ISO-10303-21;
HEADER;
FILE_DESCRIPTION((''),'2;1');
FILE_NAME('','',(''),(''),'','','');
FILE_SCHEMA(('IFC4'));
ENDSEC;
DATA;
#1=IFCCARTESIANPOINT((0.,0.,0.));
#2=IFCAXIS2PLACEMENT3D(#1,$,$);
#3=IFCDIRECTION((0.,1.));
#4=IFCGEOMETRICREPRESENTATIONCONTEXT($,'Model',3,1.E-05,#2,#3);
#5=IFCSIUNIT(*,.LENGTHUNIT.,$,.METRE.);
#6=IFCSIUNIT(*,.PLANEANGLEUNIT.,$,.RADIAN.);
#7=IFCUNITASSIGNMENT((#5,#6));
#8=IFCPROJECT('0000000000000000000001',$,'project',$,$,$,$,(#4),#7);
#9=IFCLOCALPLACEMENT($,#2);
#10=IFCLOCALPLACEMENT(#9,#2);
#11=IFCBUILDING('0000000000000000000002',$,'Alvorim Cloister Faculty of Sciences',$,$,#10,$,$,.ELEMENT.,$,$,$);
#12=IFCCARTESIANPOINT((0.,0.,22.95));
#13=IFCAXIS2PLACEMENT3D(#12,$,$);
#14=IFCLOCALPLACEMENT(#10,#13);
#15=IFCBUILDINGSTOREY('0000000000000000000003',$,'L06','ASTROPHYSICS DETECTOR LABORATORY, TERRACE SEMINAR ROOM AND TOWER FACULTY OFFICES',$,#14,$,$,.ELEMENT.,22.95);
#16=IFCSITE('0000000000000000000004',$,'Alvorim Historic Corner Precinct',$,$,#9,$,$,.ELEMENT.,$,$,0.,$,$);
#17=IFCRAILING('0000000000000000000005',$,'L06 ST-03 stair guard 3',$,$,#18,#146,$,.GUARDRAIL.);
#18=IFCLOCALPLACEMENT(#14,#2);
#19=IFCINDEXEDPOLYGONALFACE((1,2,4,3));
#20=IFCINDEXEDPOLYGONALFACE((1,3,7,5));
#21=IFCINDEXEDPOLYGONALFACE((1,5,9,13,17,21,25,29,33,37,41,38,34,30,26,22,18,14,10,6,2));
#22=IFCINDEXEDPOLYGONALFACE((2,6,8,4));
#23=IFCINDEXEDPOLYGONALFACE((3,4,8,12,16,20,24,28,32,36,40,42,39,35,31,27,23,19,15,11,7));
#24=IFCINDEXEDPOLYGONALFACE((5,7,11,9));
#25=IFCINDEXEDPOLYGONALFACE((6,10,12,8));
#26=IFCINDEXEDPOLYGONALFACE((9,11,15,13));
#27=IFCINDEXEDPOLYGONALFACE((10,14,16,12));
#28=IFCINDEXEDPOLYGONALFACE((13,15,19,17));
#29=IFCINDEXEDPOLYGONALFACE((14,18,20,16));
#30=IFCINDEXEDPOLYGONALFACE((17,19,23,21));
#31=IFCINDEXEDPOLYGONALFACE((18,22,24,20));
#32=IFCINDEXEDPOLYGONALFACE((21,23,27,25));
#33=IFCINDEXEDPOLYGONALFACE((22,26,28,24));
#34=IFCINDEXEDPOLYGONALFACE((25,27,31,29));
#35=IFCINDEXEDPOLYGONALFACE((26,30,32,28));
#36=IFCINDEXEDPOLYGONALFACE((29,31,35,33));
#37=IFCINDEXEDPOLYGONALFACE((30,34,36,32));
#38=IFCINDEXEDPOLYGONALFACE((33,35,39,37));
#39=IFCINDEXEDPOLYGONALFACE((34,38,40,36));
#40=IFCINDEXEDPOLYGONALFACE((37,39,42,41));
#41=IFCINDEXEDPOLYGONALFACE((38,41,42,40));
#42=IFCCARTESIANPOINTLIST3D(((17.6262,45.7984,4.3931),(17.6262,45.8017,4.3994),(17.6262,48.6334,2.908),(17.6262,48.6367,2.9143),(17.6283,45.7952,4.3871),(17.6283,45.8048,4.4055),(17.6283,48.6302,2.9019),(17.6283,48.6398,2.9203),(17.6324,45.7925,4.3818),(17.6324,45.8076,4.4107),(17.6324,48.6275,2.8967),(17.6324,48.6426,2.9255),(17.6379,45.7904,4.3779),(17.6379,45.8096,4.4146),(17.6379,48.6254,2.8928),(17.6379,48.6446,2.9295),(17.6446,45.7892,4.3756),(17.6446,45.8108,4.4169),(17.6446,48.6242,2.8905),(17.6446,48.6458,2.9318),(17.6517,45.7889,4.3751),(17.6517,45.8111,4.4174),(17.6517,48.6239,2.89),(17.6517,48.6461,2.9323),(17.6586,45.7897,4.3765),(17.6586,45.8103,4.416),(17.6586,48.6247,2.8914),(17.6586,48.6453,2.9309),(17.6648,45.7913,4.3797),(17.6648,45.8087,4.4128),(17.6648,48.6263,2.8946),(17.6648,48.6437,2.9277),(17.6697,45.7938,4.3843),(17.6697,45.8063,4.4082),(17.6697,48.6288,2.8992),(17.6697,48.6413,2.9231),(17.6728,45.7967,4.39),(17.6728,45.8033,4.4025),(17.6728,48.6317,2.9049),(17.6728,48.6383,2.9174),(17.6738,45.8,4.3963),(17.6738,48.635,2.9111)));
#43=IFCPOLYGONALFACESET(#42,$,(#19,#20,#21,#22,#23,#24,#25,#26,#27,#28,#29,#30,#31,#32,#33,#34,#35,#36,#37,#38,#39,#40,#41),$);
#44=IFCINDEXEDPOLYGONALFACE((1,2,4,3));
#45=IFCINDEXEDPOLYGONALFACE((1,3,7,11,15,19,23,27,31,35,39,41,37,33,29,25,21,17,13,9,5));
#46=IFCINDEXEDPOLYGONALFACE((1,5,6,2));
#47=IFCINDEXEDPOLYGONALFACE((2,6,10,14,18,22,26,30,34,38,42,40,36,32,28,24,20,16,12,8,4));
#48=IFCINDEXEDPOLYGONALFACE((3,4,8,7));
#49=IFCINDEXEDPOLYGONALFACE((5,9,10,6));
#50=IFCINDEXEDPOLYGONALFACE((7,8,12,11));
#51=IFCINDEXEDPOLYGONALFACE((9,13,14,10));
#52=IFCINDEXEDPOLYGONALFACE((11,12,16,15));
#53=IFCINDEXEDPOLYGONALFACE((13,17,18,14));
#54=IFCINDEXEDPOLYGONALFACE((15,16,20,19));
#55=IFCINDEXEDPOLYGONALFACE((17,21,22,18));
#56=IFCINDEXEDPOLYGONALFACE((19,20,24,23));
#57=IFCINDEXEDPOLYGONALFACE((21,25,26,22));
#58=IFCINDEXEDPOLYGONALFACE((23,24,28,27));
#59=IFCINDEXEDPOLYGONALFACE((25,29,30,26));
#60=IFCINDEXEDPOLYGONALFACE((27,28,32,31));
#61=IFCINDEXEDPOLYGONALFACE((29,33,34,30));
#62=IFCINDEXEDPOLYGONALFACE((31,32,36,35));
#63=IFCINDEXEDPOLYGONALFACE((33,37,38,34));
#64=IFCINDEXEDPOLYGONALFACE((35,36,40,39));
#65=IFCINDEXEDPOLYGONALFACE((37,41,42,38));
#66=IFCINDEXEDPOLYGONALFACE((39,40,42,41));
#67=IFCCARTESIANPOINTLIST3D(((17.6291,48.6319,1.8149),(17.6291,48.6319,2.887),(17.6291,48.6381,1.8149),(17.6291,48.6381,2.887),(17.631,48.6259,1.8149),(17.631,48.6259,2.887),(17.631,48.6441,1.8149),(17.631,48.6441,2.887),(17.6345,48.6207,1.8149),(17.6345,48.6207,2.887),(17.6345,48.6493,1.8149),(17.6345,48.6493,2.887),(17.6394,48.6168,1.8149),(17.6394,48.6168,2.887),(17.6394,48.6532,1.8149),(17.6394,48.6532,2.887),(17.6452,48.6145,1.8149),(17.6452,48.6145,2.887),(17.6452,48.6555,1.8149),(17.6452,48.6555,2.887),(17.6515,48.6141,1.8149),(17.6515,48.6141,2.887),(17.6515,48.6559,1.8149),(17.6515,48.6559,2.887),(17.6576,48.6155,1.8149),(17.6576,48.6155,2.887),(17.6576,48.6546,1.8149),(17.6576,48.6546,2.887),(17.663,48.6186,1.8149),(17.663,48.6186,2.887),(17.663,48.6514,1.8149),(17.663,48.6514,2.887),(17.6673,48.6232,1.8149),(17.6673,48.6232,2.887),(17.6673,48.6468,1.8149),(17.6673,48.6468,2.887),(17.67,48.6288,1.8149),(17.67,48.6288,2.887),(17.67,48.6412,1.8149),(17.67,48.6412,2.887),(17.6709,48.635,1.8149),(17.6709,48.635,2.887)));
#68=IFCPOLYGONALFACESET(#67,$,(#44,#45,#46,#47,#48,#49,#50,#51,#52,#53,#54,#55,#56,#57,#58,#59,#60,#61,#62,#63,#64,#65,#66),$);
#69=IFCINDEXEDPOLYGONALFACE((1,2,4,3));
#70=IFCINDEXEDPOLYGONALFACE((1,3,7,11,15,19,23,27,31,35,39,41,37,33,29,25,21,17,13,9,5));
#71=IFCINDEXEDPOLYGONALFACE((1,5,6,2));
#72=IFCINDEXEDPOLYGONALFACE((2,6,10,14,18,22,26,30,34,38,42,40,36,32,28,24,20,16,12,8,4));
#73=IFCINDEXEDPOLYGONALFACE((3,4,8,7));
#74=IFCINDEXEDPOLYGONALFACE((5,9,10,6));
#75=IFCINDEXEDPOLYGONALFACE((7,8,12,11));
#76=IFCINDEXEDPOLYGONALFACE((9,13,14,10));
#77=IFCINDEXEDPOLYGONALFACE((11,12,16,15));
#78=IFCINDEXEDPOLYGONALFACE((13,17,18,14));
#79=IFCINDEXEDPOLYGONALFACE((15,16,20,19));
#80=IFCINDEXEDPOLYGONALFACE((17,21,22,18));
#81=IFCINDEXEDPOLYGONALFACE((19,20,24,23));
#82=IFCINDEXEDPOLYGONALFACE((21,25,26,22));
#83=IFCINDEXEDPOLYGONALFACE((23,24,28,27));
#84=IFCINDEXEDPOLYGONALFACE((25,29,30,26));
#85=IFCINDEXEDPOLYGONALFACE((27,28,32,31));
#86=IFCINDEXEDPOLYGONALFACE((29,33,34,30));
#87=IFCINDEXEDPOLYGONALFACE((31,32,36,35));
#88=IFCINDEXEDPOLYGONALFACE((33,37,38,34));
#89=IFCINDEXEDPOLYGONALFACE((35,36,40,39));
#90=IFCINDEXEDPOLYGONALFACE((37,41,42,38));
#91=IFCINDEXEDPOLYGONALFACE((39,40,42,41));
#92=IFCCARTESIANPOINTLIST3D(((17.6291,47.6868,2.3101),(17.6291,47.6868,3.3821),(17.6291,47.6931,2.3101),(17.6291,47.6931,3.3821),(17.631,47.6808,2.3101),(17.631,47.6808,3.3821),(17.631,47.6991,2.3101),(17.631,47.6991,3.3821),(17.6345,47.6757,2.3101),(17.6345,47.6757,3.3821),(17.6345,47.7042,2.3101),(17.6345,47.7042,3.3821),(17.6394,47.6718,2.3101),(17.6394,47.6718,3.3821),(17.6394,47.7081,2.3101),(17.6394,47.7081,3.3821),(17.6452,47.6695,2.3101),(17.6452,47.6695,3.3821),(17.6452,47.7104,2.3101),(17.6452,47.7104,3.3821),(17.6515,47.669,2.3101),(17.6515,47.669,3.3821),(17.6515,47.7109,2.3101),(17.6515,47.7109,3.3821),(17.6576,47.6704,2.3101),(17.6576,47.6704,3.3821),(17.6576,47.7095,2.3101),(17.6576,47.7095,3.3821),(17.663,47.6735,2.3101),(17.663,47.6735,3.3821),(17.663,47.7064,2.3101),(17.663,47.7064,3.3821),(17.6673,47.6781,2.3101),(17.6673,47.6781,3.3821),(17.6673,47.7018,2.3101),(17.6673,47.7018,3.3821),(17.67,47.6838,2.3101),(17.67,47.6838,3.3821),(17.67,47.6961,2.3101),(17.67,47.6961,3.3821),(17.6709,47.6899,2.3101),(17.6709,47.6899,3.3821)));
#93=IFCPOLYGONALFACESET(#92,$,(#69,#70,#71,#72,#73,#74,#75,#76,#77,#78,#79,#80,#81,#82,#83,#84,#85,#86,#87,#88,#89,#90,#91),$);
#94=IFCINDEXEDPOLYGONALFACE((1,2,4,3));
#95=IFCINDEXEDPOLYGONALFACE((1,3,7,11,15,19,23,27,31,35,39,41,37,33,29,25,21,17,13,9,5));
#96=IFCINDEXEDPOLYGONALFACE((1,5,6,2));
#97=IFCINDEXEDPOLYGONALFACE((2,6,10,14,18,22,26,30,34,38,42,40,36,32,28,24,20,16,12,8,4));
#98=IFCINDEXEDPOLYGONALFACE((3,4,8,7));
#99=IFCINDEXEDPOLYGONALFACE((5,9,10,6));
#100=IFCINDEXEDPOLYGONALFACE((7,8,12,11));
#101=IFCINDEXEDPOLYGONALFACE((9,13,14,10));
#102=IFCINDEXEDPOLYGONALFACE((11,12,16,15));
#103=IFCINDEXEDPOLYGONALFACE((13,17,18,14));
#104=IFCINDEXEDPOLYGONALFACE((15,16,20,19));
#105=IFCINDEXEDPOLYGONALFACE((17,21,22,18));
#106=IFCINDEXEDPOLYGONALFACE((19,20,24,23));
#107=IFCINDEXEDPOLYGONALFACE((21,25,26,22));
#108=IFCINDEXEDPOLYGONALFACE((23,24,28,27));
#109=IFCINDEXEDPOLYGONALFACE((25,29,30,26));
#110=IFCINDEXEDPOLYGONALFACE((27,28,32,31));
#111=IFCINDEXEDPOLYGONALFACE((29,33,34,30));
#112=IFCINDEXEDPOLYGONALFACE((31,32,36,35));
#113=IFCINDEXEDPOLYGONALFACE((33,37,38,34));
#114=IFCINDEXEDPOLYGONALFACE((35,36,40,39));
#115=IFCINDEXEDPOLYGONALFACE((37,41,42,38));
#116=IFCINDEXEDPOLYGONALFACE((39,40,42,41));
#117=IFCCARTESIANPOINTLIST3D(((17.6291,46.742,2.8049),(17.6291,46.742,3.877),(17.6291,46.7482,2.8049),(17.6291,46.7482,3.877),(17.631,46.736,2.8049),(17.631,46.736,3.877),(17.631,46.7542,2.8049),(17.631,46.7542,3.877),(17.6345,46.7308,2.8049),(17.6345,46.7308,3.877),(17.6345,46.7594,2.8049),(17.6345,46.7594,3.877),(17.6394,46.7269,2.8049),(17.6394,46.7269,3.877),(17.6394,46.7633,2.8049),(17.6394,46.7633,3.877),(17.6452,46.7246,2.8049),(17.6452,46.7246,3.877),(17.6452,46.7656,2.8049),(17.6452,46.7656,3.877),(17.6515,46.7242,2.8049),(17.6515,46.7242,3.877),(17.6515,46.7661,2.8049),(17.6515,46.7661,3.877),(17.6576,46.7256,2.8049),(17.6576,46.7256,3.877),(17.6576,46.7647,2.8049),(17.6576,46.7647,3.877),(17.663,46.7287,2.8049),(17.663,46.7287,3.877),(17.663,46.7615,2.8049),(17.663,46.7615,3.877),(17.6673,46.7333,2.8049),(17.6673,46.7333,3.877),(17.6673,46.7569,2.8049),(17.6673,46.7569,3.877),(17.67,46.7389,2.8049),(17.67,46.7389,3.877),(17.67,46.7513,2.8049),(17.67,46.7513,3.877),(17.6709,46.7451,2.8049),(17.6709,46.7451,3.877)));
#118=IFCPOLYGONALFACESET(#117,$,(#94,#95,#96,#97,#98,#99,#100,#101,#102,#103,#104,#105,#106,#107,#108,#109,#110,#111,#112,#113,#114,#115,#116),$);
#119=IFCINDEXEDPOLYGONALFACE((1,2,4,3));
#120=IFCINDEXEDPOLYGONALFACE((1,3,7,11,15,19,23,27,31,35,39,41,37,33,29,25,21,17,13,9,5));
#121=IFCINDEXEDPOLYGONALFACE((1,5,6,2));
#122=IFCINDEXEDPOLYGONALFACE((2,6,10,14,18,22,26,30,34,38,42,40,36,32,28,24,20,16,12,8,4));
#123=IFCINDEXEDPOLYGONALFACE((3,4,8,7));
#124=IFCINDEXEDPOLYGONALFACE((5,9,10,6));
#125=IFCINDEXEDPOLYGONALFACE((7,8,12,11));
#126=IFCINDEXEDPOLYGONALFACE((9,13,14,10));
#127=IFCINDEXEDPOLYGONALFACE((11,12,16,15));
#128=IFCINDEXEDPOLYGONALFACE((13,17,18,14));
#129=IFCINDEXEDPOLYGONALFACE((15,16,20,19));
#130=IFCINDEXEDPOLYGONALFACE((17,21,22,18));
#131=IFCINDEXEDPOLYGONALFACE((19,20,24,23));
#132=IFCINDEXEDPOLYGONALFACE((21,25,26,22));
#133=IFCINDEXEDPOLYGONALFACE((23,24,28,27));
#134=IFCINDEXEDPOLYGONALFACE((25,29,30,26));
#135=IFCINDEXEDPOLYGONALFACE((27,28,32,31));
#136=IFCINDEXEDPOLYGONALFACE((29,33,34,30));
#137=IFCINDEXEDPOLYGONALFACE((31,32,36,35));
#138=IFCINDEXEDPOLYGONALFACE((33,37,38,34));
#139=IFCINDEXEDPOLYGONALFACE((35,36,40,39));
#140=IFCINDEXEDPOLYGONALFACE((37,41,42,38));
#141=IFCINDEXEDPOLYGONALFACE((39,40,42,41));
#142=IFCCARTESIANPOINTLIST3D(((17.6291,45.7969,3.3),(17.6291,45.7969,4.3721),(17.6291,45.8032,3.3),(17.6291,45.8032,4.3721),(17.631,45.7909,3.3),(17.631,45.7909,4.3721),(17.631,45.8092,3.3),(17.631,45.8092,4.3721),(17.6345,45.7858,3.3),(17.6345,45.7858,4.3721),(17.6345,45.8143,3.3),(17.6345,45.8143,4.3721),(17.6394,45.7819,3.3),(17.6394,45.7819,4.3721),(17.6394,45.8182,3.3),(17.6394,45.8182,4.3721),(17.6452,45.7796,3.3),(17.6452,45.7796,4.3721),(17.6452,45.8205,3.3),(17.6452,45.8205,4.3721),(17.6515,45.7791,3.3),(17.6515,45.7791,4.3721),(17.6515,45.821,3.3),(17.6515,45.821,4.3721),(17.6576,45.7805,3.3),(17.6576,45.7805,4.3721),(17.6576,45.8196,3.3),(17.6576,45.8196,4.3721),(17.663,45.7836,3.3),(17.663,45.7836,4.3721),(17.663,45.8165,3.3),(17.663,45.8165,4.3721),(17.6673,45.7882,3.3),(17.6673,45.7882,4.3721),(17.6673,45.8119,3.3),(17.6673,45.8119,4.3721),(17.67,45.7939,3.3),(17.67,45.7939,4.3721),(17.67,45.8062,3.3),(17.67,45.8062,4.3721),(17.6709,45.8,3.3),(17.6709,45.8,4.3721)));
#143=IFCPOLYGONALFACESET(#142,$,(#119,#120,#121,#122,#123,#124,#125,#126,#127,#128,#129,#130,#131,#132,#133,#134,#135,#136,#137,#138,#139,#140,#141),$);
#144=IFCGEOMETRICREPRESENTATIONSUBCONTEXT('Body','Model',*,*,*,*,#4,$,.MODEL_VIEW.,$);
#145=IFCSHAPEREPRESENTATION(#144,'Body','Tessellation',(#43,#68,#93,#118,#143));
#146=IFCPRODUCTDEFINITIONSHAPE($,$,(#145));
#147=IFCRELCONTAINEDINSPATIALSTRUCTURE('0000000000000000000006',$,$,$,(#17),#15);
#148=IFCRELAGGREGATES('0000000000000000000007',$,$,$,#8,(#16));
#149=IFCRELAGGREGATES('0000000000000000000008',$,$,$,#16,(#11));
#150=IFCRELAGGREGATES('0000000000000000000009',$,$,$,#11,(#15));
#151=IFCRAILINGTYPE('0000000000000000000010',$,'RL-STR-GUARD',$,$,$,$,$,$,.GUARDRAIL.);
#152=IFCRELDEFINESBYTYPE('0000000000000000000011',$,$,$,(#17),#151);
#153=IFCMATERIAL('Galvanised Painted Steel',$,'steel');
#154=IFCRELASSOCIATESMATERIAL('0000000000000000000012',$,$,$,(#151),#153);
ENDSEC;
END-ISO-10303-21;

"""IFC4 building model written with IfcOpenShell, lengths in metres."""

from ifc_helpers import new_model, si_unit, direction, frame, origin, origin_2d, place, context, subcontext, project, spatial, circle, extrude, material, type_object, element, save


model = new_model("IFC4")

# Units and contexts
model_context = context("Model", 3, precision=1e-05, world=origin(), true_north=direction((0.0, 1.0)))
body_context = subcontext(model_context, "Body", "Model", "MODEL_VIEW")
ifc_project = project(units=[si_unit("LENGTHUNIT", "METRE"), si_unit("PLANEANGLEUNIT", "RADIAN")], contexts=[model_context])

# Site, building, storey
site_placement = place(None, origin())
site = spatial("IfcSite", under=ifc_project, at=site_placement, Name="Alvorim Historic Corner Precinct", CompositionType="ELEMENT", RefElevation=0.0)
building_placement = place(site_placement, origin())
building = spatial("IfcBuilding", under=site, at=building_placement, Name="Alvorim Cloister Faculty of Sciences", CompositionType="ELEMENT")
storey_placement = place(building_placement, frame((0.0, 0.0, 22.95)))
storey = spatial("IfcBuildingStorey", under=building, at=storey_placement, Name="L06", Description="ASTROPHYSICS DETECTOR LABORATORY, TERRACE SEMINAR ROOM AND TOWER FACULTY OFFICES", CompositionType="ELEMENT", Elevation=22.95)

# Railing
ifc_material_1 = material(Name="Galvanised Painted Steel", Category="steel")
railing_type_1 = type_object("IfcRailingType", Name="RL-STR-GUARD", PredefinedType="GUARDRAIL", material=ifc_material_1)
railing_1_placement = place(storey_placement, frame((17.6499, 48.635, 1.8149)))
element("IfcRailing", 1, at=railing_1_placement, inside=storey, type_object=railing_type_1, Name="L06 ST-03 stair guard 3", PredefinedType="GUARDRAIL", context=body_context, shape_type="SweptSolid", body=[
    extrude(circle(Radius=0.0239, at=origin_2d()), frame((0.0, 0.0, 1.0962), z_axis=(0.0, -0.885815, 0.464038), x_axis=(1.0, 0.0, 0.0)), (0.0, 0.0, 1.0), 3.2004),
    extrude(circle(Radius=0.021, at=origin_2d()), origin(), (0.0, 0.0, 1.0), 1.072),
    extrude(circle(Radius=0.021, at=origin_2d()), frame((0.0, -0.9451, 0.4951)), (0.0, 0.0, 1.0), 1.072),
    extrude(circle(Radius=0.021, at=origin_2d()), frame((0.0, -1.8899, 0.99)), (0.0, 0.0, 1.0), 1.072),
    extrude(circle(Radius=0.021, at=origin_2d()), frame((0.0, -2.835, 1.4851)), (0.0, 0.0, 1.0), 1.072),
])

save(model, "model.ifc")
